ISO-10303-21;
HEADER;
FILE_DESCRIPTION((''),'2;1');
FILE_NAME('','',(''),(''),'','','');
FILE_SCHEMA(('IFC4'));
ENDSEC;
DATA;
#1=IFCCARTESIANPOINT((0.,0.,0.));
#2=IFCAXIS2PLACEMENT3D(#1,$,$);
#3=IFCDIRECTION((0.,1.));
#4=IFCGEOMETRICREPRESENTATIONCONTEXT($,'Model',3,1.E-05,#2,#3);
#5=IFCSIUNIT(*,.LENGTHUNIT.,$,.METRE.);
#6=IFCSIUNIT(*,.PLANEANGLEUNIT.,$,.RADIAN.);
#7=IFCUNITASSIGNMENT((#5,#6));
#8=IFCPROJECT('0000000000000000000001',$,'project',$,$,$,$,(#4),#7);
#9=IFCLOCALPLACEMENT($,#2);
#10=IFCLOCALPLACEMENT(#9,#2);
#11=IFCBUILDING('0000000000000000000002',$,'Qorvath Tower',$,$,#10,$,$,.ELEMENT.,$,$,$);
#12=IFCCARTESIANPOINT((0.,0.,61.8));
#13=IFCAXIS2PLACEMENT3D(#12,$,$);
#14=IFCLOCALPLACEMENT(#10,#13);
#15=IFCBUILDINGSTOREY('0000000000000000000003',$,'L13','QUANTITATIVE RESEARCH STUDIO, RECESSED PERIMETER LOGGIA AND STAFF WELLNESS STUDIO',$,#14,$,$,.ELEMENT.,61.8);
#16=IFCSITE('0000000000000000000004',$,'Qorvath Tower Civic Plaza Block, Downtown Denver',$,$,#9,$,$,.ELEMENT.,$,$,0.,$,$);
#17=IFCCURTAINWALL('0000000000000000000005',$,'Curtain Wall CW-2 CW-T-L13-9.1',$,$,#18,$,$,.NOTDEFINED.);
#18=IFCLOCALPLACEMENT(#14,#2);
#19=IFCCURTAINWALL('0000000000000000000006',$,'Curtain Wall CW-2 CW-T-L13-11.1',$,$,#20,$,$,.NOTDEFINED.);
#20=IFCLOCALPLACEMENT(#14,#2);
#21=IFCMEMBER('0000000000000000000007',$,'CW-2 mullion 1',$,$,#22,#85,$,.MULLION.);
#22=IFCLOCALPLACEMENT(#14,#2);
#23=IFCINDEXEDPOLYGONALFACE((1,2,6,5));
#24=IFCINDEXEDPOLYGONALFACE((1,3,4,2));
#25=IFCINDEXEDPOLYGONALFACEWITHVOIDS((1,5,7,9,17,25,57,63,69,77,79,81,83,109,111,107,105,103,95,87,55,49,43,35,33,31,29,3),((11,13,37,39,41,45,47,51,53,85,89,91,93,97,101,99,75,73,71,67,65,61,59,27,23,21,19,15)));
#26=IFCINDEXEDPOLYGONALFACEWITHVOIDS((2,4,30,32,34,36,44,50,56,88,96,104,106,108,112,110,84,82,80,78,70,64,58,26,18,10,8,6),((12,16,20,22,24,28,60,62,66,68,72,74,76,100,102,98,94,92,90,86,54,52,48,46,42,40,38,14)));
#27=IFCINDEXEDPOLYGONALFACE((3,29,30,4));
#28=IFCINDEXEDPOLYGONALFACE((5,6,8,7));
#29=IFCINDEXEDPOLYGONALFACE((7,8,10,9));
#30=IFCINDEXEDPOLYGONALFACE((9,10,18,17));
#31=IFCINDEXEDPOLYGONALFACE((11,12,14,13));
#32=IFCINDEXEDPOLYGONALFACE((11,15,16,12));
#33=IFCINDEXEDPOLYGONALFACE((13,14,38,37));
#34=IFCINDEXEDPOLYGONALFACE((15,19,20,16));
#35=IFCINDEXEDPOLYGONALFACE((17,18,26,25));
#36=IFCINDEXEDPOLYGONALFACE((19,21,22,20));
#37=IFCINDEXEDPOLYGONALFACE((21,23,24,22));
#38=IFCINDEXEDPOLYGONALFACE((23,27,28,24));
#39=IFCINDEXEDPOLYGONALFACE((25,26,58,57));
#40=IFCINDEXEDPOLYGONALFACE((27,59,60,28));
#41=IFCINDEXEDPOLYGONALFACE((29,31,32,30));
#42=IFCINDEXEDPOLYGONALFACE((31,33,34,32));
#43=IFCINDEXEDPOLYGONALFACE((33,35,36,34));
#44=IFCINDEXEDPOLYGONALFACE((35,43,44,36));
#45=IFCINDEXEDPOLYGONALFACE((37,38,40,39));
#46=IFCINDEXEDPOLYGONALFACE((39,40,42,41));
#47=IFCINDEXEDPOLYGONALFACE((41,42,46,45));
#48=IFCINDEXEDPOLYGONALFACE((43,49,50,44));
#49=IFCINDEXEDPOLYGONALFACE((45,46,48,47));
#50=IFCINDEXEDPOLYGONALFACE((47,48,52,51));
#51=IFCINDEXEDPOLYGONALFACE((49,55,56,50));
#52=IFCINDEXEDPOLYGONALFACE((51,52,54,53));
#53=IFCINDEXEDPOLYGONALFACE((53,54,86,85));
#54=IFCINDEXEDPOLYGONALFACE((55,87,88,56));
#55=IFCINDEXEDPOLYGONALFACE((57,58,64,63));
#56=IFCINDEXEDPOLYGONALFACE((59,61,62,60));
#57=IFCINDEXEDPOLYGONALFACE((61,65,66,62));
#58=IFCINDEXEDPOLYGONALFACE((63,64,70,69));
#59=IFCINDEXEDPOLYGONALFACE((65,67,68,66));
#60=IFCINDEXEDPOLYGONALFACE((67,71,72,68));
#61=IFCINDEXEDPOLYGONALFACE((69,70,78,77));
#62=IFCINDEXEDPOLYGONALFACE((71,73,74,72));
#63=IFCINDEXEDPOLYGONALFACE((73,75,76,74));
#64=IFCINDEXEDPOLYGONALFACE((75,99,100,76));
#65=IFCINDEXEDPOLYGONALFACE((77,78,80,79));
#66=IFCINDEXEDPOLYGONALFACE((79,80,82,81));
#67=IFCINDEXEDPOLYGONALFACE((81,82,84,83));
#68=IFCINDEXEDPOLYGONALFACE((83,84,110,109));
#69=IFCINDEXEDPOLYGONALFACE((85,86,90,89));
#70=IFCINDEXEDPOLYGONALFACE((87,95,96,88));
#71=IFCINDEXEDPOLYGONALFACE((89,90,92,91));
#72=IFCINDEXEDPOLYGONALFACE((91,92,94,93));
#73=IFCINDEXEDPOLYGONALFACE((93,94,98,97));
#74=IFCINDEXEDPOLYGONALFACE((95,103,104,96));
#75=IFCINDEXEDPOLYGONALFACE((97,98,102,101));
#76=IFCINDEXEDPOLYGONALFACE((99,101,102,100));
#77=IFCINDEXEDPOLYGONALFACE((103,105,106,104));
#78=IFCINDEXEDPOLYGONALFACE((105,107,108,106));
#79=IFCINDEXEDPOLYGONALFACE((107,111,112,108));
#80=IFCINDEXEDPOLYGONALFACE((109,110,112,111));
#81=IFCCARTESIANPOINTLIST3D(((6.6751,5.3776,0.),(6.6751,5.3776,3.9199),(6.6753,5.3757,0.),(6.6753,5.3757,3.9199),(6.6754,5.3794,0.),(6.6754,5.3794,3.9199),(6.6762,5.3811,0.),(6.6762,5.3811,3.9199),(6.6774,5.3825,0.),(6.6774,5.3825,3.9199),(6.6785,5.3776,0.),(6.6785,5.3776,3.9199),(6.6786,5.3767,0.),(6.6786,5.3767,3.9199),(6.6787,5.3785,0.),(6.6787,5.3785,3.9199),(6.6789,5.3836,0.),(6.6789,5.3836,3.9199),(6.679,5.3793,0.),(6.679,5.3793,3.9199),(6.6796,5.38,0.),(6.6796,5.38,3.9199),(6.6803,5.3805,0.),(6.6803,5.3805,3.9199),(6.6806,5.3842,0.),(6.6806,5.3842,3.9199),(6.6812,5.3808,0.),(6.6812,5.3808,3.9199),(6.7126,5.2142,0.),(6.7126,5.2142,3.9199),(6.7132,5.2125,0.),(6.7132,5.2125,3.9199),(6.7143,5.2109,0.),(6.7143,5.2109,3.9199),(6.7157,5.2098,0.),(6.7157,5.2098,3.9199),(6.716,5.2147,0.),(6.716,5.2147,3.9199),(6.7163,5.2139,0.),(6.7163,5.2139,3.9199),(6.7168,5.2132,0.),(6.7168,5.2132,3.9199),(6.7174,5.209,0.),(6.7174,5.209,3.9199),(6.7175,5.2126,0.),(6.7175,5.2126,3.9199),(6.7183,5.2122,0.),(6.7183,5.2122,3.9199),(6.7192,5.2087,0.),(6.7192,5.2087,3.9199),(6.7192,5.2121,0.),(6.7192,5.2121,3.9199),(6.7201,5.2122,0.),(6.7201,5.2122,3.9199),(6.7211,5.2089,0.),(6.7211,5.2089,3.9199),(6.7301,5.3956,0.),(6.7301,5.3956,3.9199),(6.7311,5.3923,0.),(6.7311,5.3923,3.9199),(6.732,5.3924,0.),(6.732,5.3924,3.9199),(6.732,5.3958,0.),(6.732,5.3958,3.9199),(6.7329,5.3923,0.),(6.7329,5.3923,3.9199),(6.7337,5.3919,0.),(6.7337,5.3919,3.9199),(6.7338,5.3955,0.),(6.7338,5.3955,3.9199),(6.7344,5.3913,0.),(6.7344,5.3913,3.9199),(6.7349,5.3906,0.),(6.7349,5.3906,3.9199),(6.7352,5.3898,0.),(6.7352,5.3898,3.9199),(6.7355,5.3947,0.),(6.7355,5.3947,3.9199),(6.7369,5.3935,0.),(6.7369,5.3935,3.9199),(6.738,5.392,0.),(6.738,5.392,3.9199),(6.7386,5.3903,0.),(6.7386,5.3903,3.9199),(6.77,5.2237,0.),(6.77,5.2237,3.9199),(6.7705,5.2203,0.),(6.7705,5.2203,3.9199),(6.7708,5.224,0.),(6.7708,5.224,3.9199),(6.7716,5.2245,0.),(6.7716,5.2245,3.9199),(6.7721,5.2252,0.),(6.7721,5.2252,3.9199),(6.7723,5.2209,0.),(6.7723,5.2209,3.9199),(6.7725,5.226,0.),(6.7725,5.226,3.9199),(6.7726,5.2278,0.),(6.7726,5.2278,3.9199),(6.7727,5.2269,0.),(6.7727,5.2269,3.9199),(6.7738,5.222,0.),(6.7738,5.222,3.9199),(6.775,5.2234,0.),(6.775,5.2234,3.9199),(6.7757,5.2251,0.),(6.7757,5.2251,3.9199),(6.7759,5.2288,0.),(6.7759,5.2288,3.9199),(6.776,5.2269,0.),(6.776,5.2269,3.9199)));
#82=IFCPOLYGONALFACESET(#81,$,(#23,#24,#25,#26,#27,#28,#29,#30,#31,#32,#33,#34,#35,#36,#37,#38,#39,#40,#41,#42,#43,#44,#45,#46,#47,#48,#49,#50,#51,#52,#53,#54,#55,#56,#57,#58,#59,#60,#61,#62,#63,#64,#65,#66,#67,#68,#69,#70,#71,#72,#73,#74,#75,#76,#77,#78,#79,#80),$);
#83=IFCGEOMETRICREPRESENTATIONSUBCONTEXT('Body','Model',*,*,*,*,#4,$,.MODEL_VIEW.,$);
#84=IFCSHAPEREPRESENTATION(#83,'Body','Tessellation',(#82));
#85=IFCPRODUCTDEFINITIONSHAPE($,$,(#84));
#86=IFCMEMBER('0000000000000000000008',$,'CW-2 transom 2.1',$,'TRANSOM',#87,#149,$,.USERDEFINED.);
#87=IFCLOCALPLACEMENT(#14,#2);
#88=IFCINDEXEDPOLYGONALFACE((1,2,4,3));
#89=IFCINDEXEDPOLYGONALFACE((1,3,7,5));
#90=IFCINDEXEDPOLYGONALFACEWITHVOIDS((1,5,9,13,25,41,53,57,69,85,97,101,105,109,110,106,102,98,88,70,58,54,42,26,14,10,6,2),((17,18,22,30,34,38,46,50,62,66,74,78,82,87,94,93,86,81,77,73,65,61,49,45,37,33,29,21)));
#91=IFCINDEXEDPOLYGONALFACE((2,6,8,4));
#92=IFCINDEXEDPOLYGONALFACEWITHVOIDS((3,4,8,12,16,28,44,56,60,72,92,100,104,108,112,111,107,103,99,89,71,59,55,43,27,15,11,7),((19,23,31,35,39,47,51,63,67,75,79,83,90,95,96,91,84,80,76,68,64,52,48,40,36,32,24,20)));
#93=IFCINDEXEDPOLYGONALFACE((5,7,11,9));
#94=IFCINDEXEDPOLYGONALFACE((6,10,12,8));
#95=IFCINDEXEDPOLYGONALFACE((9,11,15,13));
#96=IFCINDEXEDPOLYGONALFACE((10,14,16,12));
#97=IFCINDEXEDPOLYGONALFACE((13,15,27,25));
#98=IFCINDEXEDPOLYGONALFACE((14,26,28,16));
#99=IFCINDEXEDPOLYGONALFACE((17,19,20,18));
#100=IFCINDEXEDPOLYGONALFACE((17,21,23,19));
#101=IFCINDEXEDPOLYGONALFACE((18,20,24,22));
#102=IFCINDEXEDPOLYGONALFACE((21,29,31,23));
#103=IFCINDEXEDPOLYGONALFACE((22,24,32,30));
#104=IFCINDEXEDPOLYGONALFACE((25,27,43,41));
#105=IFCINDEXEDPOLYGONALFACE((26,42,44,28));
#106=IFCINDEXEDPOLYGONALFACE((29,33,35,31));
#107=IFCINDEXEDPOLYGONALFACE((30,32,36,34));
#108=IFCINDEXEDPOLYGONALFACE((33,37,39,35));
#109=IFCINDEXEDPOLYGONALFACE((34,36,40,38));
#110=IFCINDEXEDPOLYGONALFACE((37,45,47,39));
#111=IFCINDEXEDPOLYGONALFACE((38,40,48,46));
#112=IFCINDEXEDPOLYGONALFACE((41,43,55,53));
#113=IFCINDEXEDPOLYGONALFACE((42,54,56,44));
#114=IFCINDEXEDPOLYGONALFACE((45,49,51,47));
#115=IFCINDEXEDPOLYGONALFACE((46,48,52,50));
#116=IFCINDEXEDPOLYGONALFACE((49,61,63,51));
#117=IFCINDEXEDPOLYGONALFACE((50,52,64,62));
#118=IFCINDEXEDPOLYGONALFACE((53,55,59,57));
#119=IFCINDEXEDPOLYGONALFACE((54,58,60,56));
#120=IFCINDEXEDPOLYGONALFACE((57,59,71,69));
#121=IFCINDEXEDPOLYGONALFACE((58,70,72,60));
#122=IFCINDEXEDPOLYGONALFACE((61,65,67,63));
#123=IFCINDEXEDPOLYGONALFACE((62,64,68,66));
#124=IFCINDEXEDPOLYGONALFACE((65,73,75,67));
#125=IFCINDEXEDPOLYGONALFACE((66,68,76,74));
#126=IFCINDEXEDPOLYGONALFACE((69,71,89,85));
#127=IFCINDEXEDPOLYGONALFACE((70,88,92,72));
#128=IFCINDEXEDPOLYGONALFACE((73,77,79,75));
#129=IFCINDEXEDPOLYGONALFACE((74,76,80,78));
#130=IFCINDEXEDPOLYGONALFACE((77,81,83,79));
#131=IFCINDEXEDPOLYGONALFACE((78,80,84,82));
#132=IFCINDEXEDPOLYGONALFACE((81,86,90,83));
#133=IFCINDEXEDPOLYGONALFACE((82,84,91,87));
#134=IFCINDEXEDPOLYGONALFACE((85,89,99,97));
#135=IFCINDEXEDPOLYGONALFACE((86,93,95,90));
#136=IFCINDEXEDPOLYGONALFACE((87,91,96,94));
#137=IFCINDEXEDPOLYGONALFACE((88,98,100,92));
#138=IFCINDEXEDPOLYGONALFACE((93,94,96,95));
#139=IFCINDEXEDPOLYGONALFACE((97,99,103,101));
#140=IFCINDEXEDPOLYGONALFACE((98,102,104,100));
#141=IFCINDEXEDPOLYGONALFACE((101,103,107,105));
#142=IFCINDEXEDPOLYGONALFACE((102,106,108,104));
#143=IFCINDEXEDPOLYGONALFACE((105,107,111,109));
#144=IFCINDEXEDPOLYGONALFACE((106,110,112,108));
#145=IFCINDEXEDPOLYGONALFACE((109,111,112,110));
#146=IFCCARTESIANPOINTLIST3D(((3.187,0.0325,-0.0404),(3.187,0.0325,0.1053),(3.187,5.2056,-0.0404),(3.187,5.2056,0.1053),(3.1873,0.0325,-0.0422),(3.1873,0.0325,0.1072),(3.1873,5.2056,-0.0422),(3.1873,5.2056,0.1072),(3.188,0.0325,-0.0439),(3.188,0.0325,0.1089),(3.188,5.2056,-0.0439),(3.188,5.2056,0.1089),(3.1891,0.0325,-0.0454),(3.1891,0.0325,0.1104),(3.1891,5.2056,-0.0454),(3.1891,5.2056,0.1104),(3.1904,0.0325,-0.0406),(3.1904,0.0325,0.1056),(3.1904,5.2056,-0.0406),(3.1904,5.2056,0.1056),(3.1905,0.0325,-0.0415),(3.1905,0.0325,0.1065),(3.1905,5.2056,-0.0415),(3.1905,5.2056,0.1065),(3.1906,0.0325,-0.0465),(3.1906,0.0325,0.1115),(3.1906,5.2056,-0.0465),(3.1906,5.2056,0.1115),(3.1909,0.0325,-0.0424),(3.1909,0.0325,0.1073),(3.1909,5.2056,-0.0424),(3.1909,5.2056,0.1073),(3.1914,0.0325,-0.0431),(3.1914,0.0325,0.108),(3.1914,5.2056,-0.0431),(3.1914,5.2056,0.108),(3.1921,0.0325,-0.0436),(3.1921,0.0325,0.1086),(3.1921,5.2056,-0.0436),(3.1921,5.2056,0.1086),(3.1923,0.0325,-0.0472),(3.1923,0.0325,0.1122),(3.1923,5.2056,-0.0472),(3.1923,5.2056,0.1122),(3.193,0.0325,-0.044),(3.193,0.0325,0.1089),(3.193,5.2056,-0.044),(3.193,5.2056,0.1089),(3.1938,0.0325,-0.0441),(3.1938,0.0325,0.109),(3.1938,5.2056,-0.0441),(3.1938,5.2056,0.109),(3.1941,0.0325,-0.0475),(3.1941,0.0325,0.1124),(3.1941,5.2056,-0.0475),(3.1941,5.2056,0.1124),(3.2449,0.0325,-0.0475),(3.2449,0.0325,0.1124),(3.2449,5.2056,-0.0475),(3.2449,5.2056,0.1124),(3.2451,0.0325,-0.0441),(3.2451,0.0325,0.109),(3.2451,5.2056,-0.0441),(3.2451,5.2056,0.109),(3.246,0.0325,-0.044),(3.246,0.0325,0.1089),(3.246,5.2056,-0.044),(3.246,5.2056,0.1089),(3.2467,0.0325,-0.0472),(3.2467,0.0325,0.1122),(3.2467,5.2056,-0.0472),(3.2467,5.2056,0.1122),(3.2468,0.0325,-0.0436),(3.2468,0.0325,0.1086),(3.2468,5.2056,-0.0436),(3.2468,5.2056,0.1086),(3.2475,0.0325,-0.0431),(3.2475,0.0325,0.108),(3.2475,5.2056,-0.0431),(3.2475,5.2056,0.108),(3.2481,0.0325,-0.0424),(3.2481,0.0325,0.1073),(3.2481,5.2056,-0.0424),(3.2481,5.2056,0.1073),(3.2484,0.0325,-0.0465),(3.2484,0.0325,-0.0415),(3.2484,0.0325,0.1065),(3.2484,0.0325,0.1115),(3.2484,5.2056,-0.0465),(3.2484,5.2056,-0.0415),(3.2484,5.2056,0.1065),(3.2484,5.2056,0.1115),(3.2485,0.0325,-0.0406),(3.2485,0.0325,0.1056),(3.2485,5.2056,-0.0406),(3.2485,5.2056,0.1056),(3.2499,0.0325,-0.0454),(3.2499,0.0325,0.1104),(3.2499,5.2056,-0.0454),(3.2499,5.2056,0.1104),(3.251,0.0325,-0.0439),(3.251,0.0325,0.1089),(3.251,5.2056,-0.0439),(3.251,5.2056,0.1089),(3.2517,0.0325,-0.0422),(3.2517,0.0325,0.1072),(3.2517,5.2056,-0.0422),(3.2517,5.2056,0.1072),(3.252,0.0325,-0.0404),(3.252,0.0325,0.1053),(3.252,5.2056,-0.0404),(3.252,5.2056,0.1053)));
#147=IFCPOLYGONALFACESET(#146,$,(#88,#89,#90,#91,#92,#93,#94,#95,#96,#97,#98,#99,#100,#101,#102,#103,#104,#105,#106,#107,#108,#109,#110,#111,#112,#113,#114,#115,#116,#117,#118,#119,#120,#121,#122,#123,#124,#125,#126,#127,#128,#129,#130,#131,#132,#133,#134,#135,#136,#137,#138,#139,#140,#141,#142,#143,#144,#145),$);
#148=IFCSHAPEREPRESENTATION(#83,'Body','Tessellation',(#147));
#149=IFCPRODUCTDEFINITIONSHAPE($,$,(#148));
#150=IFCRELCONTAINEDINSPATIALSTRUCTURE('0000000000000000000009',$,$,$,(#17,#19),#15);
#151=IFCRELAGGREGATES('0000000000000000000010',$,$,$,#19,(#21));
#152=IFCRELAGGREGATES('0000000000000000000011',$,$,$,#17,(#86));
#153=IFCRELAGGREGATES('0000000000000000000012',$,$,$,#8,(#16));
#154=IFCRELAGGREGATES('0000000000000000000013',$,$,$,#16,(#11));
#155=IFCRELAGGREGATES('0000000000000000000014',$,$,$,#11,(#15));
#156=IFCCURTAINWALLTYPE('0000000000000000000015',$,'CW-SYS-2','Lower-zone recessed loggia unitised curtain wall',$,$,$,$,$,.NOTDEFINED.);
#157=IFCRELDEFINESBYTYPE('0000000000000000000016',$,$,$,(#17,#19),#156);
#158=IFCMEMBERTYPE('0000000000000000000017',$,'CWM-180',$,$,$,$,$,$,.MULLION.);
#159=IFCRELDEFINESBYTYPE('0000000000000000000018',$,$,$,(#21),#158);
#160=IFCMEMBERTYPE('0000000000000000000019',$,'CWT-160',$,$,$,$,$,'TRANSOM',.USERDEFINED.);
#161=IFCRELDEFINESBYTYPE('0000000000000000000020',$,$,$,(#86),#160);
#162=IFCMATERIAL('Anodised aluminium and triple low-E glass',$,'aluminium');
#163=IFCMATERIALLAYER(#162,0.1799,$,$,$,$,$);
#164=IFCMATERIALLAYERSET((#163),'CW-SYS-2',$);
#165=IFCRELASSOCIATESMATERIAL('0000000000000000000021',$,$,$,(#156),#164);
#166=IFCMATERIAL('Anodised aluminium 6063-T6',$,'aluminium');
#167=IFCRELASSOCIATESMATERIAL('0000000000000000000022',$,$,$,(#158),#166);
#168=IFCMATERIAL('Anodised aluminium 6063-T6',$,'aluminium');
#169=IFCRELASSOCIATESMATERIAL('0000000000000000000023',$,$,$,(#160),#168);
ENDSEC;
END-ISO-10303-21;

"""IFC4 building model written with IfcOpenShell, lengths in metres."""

from ifc_helpers import new_model, si_unit, direction, frame, origin, origin_2d, place, context, subcontext, project, spatial, hollow_rectangle, extrude, material, layer, layer_set, material_profile, profile_set, type_object, element, aggregate, save


model = new_model("IFC4")

# Units and contexts
model_context = context("Model", 3, precision=1e-05, world=origin(), true_north=direction((0.0, 1.0)))
body_context = subcontext(model_context, "Body", "Model", "MODEL_VIEW")
ifc_project = project(units=[si_unit("LENGTHUNIT", "METRE"), si_unit("PLANEANGLEUNIT", "RADIAN")], contexts=[model_context])

# Site, building, storey
site_placement = place(None, origin())
site = spatial("IfcSite", under=ifc_project, at=site_placement, Name="Qorvath Tower Civic Plaza Block, Downtown Denver", CompositionType="ELEMENT", RefElevation=0.0)
building_placement = place(site_placement, origin())
building = spatial("IfcBuilding", under=site, at=building_placement, Name="Qorvath Tower", CompositionType="ELEMENT")
storey_placement = place(building_placement, frame((0.0, 0.0, 61.8)))
storey = spatial("IfcBuildingStorey", under=building, at=storey_placement, Name="L13", Description="QUANTITATIVE RESEARCH STUDIO, RECESSED PERIMETER LOGGIA AND STAFF WELLNESS STUDIO", CompositionType="ELEMENT", Elevation=61.8)

# Curtain wall
ifc_material_1 = material(Name="Anodised aluminium and triple low-E glass", Category="aluminium")
ifc_layer_1 = layer(ifc_material_1, 0.1799)
ifc_layer_set_1 = layer_set([ifc_layer_1], Name="CW-SYS-2")
curtain_wall_type = type_object("IfcCurtainWallType", Name="CW-SYS-2", Description="Lower-zone recessed loggia unitised curtain wall", PredefinedType="NOTDEFINED", material=ifc_layer_set_1)
curtain_wall_1_placement = place(storey_placement, origin())
curtain_wall_1 = element("IfcCurtainWall", 1, at=curtain_wall_1_placement, inside=storey, type_object=curtain_wall_type, Name="Curtain Wall CW-2 CW-T-L13-9.1", PredefinedType="NOTDEFINED")
ifc_material_2 = material(Name="Anodised aluminium 6063-T6", Category="aluminium")
ifc_material_profile_1 = material_profile(ifc_material_2, hollow_rectangle(XDim=0.0649, YDim=0.1799, WallThickness=0.0034, InnerFilletRadius=0.0034, OuterFilletRadius=0.0071, at=origin_2d()), Name="CWM 180x65")
ifc_profile_set_1 = profile_set([ifc_material_profile_1], Name="Anodised aluminium 6063-T6")
member_type_1 = type_object("IfcMemberType", Name="CWM-180", PredefinedType="MULLION", material=ifc_profile_set_1)

# Curtain wall, member
curtain_wall_2_placement = place(storey_placement, origin())
curtain_wall_2 = element("IfcCurtainWall", 2, at=curtain_wall_2_placement, inside=storey, type_object=curtain_wall_type, Name="Curtain Wall CW-2 CW-T-L13-11.1", PredefinedType="NOTDEFINED")
member_1_placement = place(storey_placement, frame((6.7256, 5.3022, 0.0), z_axis=(0.0, 0.0, 1.0), x_axis=(-0.974427, -0.224705, 0.0)))
member_1 = element("IfcMember", 3, at=member_1_placement, type_object=member_type_1, Name="CW-2 mullion 1", PredefinedType="MULLION", context=body_context, shape_type="SweptSolid", body=[
    extrude(hollow_rectangle(XDim=0.0649, YDim=0.1799, WallThickness=0.0034, InnerFilletRadius=0.0034, OuterFilletRadius=0.0071, at=origin_2d()), origin(), (0.0, 0.0, 1.0), 3.9199),
])

# Member
ifc_material_3 = material(Name="Anodised aluminium 6063-T6", Category="aluminium")
ifc_material_profile_2 = material_profile(ifc_material_3, hollow_rectangle(XDim=0.0649, YDim=0.1599, WallThickness=0.0034, InnerFilletRadius=0.0034, OuterFilletRadius=0.0071, at=origin_2d()), Name="CWT 160x65")
ifc_profile_set_2 = profile_set([ifc_material_profile_2], Name="Anodised aluminium 6063-T6")
member_type_2 = type_object("IfcMemberType", Name="CWT-160", ElementType="TRANSOM", PredefinedType="USERDEFINED", material=ifc_profile_set_2)
member_2_placement = place(storey_placement, frame((3.2195, 0.0325, 0.0325), z_axis=(0.0, 1.0, 0.0), x_axis=(-1.0, 0.0, 0.0)))
member_2 = element("IfcMember", 4, at=member_2_placement, type_object=member_type_2, Name="CW-2 transom 2.1", ObjectType="TRANSOM", PredefinedType="USERDEFINED", context=body_context, shape_type="SweptSolid", body=[
    extrude(hollow_rectangle(XDim=0.0649, YDim=0.1599, WallThickness=0.0034, InnerFilletRadius=0.0034, OuterFilletRadius=0.0071, at=origin_2d()), origin(), (0.0, 0.0, 1.0), 5.1731),
])
aggregate(curtain_wall_2, [member_1])

aggregate(curtain_wall_1, [member_2])

save(model, "model.ifc")
